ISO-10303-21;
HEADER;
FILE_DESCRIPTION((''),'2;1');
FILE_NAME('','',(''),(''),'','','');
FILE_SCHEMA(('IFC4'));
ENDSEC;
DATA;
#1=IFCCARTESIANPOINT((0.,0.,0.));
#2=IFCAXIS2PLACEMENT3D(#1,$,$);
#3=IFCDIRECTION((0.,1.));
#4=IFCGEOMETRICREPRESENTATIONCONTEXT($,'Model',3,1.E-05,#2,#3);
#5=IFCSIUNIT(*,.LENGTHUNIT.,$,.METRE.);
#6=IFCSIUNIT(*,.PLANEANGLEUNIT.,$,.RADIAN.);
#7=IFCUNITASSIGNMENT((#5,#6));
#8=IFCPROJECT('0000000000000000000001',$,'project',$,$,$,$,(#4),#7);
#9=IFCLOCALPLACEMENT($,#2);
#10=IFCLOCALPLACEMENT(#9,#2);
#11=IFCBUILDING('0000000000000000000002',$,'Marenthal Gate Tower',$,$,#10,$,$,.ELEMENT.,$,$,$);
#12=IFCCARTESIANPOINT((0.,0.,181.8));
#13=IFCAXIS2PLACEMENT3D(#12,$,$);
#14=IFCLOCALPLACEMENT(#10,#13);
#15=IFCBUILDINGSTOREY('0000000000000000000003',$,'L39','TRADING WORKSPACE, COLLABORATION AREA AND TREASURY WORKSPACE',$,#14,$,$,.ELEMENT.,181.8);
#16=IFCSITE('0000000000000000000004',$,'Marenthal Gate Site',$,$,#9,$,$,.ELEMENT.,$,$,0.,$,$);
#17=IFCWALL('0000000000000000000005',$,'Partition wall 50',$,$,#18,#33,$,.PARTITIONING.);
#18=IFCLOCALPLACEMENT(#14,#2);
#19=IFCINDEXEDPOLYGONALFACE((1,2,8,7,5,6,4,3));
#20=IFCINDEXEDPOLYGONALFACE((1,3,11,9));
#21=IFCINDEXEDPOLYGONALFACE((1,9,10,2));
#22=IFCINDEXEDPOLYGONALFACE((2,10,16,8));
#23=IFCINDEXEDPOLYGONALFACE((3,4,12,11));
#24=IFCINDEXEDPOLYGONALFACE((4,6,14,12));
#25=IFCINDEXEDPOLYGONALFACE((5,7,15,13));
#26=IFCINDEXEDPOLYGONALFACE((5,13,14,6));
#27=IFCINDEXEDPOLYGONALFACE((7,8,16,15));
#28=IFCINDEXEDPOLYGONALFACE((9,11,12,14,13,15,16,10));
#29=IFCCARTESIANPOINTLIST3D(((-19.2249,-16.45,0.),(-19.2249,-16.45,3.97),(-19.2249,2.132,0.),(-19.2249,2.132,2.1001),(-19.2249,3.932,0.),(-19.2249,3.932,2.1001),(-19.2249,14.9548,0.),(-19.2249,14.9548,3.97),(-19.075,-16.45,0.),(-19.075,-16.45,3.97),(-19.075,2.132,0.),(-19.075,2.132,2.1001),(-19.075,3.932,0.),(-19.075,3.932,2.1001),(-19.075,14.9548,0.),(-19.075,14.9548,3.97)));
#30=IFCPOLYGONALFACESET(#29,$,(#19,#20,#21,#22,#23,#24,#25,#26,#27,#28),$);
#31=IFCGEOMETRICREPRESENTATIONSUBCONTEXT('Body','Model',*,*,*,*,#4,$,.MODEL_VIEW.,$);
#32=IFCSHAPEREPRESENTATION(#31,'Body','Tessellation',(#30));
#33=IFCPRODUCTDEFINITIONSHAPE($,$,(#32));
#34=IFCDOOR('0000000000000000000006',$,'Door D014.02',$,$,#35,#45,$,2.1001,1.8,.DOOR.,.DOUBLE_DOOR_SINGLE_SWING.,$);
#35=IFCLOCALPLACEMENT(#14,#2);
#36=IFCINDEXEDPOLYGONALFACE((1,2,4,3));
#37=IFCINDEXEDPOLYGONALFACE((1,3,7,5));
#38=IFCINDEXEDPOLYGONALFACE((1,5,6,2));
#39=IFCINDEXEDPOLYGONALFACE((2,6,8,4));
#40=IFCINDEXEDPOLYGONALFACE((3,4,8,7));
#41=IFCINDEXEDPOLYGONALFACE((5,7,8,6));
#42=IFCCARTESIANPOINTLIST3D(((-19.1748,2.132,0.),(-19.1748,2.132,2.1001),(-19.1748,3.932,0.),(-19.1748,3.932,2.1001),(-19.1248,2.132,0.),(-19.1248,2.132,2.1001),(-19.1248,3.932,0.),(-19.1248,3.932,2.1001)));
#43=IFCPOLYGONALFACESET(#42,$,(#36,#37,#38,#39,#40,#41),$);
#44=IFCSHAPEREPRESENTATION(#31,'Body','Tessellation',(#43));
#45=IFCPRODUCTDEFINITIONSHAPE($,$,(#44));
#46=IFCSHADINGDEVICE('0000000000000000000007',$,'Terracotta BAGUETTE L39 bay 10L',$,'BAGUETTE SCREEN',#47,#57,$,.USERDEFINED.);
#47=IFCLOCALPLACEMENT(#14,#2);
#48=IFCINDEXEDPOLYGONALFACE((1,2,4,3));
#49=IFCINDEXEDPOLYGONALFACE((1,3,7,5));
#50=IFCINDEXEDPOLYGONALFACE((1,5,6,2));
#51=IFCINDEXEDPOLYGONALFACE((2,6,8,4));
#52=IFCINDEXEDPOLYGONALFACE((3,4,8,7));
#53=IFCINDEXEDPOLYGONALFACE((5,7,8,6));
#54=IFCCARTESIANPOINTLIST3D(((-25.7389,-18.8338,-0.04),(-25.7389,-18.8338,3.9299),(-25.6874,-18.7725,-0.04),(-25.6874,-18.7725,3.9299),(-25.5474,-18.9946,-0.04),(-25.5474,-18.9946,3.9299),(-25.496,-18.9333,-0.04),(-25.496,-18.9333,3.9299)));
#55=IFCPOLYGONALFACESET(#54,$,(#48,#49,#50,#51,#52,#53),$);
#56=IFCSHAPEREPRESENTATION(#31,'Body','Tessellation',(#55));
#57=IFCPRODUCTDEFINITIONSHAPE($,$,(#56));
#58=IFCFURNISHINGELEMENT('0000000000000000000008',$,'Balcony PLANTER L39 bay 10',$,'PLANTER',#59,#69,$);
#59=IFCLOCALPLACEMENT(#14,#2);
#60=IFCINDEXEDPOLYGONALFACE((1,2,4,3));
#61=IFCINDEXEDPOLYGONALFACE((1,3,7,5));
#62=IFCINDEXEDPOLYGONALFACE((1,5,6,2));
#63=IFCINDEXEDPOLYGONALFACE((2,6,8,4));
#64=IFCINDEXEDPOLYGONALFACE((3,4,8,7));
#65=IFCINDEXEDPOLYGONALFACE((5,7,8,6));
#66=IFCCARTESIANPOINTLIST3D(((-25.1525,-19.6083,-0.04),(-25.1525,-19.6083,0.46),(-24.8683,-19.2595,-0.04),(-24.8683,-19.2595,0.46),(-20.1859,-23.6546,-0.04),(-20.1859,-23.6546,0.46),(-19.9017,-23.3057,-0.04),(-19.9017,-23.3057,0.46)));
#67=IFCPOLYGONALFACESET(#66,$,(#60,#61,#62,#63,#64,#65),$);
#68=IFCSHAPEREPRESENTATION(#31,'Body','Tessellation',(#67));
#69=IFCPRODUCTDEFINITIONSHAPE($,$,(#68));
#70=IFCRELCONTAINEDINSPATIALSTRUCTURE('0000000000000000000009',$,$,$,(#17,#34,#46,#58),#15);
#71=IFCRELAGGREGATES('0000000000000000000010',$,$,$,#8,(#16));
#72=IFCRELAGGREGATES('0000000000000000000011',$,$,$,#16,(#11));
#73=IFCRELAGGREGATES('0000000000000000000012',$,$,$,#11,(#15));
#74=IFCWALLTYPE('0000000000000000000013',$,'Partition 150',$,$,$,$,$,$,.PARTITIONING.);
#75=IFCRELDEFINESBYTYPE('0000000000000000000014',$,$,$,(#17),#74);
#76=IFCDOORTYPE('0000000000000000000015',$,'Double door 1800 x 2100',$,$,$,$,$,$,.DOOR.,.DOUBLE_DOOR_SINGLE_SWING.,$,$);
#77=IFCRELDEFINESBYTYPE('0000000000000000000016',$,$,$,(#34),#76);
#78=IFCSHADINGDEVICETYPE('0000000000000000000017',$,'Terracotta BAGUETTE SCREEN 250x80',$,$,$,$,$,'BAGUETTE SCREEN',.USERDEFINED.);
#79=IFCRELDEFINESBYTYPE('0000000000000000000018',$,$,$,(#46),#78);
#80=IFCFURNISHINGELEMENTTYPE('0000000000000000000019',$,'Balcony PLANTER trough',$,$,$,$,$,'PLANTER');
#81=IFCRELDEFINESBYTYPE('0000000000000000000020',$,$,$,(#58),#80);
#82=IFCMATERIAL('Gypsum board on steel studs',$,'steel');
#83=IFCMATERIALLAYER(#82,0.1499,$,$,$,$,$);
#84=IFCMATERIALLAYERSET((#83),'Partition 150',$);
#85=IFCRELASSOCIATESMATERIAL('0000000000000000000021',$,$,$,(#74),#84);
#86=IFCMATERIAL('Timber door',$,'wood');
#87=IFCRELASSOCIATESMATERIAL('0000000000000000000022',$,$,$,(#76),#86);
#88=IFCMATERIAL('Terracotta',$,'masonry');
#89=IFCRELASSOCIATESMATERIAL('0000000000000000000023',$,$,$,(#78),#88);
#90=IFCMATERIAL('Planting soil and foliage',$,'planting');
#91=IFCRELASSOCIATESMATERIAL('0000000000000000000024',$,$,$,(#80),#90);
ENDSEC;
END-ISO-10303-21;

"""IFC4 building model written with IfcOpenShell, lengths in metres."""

from ifc_helpers import new_model, si_unit, direction, frame, frame_2d, origin, origin_2d, place, context, subcontext, project, spatial, rectangle, extrude, material, layer, layer_set, material_profile, profile_set, type_object, element, fill, save


model = new_model("IFC4")

# Units and contexts
model_context = context("Model", 3, precision=1e-05, world=origin(), true_north=direction((0.0, 1.0)))
body_context = subcontext(model_context, "Body", "Model", "MODEL_VIEW")
ifc_project = project(units=[si_unit("LENGTHUNIT", "METRE"), si_unit("PLANEANGLEUNIT", "RADIAN")], contexts=[model_context])

# Site, building, storey
site_placement = place(None, origin())
site = spatial("IfcSite", under=ifc_project, at=site_placement, Name="Marenthal Gate Site", CompositionType="ELEMENT", RefElevation=0.0)
building_placement = place(site_placement, origin())
building = spatial("IfcBuilding", under=site, at=building_placement, Name="Marenthal Gate Tower", CompositionType="ELEMENT")
storey_placement = place(building_placement, frame((0.0, 0.0, 181.8)))
storey = spatial("IfcBuildingStorey", under=building, at=storey_placement, Name="L39", Description="TRADING WORKSPACE, COLLABORATION AREA AND TREASURY WORKSPACE", CompositionType="ELEMENT", Elevation=181.8)

# Wall, opening, door
ifc_material_1 = material(Name="Gypsum board on steel studs", Category="steel")
ifc_layer_1 = layer(ifc_material_1, 0.1499)
ifc_layer_set_1 = layer_set([ifc_layer_1], Name="Partition 150")
wall_type_1 = type_object("IfcWallType", Name="Partition 150", PredefinedType="PARTITIONING", material=ifc_layer_set_1)
wall_1_placement = place(storey_placement, frame((-19.1499, -16.45, 0.0), z_axis=(0.0, 0.0, 1.0), x_axis=(0.0, 1.0, 0.0)))
wall_1 = element("IfcWall", 1, at=wall_1_placement, inside=storey, type_object=wall_type_1, Name="Partition wall 50", PredefinedType="PARTITIONING", context=body_context, shape_type="SweptSolid", body=[
    extrude(rectangle(XDim=31.4048, YDim=0.1499, at=frame_2d((15.7024, 0.0))), origin(), (0.0, 0.0, 1.0), 3.97),
])
opening_1_placement = place(wall_1_placement, frame((18.582, 0.0, 0.0)))
opening_1 = element("IfcOpeningElement", 2, at=opening_1_placement, cuts=wall_1, PredefinedType="OPENING", context=body_context, shape_type="SweptSolid", body=[
    extrude(rectangle(XDim=1.8, YDim=2.1001, at=frame_2d((0.8999, 1.05))), frame((0.0, 0.085, 0.0), z_axis=(0.0, -1.0, 0.0), x_axis=(1.0, 0.0, 0.0)), (0.0, 0.0, 1.0), 0.1699),
])
ifc_material_2 = material(Name="Timber door", Category="wood")
door_type_1 = type_object("IfcDoorType", Name="Double door 1800 x 2100", OperationType="DOUBLE_DOOR_SINGLE_SWING", PredefinedType="DOOR", material=ifc_material_2)
door_1_placement = place(opening_1_placement, origin())
door_1 = element("IfcDoor", 3, at=door_1_placement, inside=storey, type_object=door_type_1, Name="Door D014.02", OperationType="DOUBLE_DOOR_SINGLE_SWING", OverallHeight=2.1001, OverallWidth=1.8, PredefinedType="DOOR", context=body_context, shape_type="SweptSolid", body=[
    extrude(rectangle(XDim=1.8, YDim=2.1001, at=frame_2d((0.8999, 1.05))), frame((0.0, 0.0249, 0.0), z_axis=(0.0, -1.0, 0.0), x_axis=(1.0, 0.0, 0.0)), (0.0, 0.0, 1.0), 0.05),
])
fill(opening_1, door_1)

# Shading device
ifc_material_3 = material(Name="Terracotta", Category="masonry")
ifc_material_profile_1 = material_profile(ifc_material_3, rectangle(XDim=0.25, YDim=0.0801, at=origin_2d()), Name="Terracotta baguette 250x80")
ifc_profile_set_1 = profile_set([ifc_material_profile_1], Name="Terracotta")
shading_device_type = type_object("IfcShadingDeviceType", Name="Terracotta BAGUETTE SCREEN 250x80", ElementType="BAGUETTE SCREEN", PredefinedType="USERDEFINED", material=ifc_profile_set_1)
shading_device_placement = place(storey_placement, frame((-25.6174, -18.8835, -0.04), z_axis=(0.0, 0.0, 1.0), x_axis=(0.76585, -0.643019, 0.0)))
element("IfcShadingDevice", 4, at=shading_device_placement, inside=storey, type_object=shading_device_type, Name="Terracotta BAGUETTE L39 bay 10L", ObjectType="BAGUETTE SCREEN", PredefinedType="USERDEFINED", context=body_context, shape_type="SweptSolid", body=[
    extrude(rectangle(XDim=0.25, YDim=0.0801, at=origin_2d()), origin(), (0.0, 0.0, 1.0), 3.97),
])

# Furnishing element
ifc_material_4 = material(Name="Planting soil and foliage", Category="planting")
furnishing_element_type = type_object("IfcFurnishingElementType", Name="Balcony PLANTER trough", ElementType="PLANTER", material=ifc_material_4)
furnishing_placement = place(storey_placement, frame((-22.5271, -21.457, -0.04), z_axis=(0.0, 0.0, 1.0), x_axis=(0.775288, -0.631608, 0.0)))
element("IfcFurnishingElement", 5, at=furnishing_placement, inside=storey, type_object=furnishing_element_type, Name="Balcony PLANTER L39 bay 10", ObjectType="PLANTER", context=body_context, shape_type="SweptSolid", body=[
    extrude(rectangle(XDim=6.4062, YDim=0.45, at=origin_2d()), origin(), (0.0, 0.0, 1.0), 0.5),
])

save(model, "model.ifc")
